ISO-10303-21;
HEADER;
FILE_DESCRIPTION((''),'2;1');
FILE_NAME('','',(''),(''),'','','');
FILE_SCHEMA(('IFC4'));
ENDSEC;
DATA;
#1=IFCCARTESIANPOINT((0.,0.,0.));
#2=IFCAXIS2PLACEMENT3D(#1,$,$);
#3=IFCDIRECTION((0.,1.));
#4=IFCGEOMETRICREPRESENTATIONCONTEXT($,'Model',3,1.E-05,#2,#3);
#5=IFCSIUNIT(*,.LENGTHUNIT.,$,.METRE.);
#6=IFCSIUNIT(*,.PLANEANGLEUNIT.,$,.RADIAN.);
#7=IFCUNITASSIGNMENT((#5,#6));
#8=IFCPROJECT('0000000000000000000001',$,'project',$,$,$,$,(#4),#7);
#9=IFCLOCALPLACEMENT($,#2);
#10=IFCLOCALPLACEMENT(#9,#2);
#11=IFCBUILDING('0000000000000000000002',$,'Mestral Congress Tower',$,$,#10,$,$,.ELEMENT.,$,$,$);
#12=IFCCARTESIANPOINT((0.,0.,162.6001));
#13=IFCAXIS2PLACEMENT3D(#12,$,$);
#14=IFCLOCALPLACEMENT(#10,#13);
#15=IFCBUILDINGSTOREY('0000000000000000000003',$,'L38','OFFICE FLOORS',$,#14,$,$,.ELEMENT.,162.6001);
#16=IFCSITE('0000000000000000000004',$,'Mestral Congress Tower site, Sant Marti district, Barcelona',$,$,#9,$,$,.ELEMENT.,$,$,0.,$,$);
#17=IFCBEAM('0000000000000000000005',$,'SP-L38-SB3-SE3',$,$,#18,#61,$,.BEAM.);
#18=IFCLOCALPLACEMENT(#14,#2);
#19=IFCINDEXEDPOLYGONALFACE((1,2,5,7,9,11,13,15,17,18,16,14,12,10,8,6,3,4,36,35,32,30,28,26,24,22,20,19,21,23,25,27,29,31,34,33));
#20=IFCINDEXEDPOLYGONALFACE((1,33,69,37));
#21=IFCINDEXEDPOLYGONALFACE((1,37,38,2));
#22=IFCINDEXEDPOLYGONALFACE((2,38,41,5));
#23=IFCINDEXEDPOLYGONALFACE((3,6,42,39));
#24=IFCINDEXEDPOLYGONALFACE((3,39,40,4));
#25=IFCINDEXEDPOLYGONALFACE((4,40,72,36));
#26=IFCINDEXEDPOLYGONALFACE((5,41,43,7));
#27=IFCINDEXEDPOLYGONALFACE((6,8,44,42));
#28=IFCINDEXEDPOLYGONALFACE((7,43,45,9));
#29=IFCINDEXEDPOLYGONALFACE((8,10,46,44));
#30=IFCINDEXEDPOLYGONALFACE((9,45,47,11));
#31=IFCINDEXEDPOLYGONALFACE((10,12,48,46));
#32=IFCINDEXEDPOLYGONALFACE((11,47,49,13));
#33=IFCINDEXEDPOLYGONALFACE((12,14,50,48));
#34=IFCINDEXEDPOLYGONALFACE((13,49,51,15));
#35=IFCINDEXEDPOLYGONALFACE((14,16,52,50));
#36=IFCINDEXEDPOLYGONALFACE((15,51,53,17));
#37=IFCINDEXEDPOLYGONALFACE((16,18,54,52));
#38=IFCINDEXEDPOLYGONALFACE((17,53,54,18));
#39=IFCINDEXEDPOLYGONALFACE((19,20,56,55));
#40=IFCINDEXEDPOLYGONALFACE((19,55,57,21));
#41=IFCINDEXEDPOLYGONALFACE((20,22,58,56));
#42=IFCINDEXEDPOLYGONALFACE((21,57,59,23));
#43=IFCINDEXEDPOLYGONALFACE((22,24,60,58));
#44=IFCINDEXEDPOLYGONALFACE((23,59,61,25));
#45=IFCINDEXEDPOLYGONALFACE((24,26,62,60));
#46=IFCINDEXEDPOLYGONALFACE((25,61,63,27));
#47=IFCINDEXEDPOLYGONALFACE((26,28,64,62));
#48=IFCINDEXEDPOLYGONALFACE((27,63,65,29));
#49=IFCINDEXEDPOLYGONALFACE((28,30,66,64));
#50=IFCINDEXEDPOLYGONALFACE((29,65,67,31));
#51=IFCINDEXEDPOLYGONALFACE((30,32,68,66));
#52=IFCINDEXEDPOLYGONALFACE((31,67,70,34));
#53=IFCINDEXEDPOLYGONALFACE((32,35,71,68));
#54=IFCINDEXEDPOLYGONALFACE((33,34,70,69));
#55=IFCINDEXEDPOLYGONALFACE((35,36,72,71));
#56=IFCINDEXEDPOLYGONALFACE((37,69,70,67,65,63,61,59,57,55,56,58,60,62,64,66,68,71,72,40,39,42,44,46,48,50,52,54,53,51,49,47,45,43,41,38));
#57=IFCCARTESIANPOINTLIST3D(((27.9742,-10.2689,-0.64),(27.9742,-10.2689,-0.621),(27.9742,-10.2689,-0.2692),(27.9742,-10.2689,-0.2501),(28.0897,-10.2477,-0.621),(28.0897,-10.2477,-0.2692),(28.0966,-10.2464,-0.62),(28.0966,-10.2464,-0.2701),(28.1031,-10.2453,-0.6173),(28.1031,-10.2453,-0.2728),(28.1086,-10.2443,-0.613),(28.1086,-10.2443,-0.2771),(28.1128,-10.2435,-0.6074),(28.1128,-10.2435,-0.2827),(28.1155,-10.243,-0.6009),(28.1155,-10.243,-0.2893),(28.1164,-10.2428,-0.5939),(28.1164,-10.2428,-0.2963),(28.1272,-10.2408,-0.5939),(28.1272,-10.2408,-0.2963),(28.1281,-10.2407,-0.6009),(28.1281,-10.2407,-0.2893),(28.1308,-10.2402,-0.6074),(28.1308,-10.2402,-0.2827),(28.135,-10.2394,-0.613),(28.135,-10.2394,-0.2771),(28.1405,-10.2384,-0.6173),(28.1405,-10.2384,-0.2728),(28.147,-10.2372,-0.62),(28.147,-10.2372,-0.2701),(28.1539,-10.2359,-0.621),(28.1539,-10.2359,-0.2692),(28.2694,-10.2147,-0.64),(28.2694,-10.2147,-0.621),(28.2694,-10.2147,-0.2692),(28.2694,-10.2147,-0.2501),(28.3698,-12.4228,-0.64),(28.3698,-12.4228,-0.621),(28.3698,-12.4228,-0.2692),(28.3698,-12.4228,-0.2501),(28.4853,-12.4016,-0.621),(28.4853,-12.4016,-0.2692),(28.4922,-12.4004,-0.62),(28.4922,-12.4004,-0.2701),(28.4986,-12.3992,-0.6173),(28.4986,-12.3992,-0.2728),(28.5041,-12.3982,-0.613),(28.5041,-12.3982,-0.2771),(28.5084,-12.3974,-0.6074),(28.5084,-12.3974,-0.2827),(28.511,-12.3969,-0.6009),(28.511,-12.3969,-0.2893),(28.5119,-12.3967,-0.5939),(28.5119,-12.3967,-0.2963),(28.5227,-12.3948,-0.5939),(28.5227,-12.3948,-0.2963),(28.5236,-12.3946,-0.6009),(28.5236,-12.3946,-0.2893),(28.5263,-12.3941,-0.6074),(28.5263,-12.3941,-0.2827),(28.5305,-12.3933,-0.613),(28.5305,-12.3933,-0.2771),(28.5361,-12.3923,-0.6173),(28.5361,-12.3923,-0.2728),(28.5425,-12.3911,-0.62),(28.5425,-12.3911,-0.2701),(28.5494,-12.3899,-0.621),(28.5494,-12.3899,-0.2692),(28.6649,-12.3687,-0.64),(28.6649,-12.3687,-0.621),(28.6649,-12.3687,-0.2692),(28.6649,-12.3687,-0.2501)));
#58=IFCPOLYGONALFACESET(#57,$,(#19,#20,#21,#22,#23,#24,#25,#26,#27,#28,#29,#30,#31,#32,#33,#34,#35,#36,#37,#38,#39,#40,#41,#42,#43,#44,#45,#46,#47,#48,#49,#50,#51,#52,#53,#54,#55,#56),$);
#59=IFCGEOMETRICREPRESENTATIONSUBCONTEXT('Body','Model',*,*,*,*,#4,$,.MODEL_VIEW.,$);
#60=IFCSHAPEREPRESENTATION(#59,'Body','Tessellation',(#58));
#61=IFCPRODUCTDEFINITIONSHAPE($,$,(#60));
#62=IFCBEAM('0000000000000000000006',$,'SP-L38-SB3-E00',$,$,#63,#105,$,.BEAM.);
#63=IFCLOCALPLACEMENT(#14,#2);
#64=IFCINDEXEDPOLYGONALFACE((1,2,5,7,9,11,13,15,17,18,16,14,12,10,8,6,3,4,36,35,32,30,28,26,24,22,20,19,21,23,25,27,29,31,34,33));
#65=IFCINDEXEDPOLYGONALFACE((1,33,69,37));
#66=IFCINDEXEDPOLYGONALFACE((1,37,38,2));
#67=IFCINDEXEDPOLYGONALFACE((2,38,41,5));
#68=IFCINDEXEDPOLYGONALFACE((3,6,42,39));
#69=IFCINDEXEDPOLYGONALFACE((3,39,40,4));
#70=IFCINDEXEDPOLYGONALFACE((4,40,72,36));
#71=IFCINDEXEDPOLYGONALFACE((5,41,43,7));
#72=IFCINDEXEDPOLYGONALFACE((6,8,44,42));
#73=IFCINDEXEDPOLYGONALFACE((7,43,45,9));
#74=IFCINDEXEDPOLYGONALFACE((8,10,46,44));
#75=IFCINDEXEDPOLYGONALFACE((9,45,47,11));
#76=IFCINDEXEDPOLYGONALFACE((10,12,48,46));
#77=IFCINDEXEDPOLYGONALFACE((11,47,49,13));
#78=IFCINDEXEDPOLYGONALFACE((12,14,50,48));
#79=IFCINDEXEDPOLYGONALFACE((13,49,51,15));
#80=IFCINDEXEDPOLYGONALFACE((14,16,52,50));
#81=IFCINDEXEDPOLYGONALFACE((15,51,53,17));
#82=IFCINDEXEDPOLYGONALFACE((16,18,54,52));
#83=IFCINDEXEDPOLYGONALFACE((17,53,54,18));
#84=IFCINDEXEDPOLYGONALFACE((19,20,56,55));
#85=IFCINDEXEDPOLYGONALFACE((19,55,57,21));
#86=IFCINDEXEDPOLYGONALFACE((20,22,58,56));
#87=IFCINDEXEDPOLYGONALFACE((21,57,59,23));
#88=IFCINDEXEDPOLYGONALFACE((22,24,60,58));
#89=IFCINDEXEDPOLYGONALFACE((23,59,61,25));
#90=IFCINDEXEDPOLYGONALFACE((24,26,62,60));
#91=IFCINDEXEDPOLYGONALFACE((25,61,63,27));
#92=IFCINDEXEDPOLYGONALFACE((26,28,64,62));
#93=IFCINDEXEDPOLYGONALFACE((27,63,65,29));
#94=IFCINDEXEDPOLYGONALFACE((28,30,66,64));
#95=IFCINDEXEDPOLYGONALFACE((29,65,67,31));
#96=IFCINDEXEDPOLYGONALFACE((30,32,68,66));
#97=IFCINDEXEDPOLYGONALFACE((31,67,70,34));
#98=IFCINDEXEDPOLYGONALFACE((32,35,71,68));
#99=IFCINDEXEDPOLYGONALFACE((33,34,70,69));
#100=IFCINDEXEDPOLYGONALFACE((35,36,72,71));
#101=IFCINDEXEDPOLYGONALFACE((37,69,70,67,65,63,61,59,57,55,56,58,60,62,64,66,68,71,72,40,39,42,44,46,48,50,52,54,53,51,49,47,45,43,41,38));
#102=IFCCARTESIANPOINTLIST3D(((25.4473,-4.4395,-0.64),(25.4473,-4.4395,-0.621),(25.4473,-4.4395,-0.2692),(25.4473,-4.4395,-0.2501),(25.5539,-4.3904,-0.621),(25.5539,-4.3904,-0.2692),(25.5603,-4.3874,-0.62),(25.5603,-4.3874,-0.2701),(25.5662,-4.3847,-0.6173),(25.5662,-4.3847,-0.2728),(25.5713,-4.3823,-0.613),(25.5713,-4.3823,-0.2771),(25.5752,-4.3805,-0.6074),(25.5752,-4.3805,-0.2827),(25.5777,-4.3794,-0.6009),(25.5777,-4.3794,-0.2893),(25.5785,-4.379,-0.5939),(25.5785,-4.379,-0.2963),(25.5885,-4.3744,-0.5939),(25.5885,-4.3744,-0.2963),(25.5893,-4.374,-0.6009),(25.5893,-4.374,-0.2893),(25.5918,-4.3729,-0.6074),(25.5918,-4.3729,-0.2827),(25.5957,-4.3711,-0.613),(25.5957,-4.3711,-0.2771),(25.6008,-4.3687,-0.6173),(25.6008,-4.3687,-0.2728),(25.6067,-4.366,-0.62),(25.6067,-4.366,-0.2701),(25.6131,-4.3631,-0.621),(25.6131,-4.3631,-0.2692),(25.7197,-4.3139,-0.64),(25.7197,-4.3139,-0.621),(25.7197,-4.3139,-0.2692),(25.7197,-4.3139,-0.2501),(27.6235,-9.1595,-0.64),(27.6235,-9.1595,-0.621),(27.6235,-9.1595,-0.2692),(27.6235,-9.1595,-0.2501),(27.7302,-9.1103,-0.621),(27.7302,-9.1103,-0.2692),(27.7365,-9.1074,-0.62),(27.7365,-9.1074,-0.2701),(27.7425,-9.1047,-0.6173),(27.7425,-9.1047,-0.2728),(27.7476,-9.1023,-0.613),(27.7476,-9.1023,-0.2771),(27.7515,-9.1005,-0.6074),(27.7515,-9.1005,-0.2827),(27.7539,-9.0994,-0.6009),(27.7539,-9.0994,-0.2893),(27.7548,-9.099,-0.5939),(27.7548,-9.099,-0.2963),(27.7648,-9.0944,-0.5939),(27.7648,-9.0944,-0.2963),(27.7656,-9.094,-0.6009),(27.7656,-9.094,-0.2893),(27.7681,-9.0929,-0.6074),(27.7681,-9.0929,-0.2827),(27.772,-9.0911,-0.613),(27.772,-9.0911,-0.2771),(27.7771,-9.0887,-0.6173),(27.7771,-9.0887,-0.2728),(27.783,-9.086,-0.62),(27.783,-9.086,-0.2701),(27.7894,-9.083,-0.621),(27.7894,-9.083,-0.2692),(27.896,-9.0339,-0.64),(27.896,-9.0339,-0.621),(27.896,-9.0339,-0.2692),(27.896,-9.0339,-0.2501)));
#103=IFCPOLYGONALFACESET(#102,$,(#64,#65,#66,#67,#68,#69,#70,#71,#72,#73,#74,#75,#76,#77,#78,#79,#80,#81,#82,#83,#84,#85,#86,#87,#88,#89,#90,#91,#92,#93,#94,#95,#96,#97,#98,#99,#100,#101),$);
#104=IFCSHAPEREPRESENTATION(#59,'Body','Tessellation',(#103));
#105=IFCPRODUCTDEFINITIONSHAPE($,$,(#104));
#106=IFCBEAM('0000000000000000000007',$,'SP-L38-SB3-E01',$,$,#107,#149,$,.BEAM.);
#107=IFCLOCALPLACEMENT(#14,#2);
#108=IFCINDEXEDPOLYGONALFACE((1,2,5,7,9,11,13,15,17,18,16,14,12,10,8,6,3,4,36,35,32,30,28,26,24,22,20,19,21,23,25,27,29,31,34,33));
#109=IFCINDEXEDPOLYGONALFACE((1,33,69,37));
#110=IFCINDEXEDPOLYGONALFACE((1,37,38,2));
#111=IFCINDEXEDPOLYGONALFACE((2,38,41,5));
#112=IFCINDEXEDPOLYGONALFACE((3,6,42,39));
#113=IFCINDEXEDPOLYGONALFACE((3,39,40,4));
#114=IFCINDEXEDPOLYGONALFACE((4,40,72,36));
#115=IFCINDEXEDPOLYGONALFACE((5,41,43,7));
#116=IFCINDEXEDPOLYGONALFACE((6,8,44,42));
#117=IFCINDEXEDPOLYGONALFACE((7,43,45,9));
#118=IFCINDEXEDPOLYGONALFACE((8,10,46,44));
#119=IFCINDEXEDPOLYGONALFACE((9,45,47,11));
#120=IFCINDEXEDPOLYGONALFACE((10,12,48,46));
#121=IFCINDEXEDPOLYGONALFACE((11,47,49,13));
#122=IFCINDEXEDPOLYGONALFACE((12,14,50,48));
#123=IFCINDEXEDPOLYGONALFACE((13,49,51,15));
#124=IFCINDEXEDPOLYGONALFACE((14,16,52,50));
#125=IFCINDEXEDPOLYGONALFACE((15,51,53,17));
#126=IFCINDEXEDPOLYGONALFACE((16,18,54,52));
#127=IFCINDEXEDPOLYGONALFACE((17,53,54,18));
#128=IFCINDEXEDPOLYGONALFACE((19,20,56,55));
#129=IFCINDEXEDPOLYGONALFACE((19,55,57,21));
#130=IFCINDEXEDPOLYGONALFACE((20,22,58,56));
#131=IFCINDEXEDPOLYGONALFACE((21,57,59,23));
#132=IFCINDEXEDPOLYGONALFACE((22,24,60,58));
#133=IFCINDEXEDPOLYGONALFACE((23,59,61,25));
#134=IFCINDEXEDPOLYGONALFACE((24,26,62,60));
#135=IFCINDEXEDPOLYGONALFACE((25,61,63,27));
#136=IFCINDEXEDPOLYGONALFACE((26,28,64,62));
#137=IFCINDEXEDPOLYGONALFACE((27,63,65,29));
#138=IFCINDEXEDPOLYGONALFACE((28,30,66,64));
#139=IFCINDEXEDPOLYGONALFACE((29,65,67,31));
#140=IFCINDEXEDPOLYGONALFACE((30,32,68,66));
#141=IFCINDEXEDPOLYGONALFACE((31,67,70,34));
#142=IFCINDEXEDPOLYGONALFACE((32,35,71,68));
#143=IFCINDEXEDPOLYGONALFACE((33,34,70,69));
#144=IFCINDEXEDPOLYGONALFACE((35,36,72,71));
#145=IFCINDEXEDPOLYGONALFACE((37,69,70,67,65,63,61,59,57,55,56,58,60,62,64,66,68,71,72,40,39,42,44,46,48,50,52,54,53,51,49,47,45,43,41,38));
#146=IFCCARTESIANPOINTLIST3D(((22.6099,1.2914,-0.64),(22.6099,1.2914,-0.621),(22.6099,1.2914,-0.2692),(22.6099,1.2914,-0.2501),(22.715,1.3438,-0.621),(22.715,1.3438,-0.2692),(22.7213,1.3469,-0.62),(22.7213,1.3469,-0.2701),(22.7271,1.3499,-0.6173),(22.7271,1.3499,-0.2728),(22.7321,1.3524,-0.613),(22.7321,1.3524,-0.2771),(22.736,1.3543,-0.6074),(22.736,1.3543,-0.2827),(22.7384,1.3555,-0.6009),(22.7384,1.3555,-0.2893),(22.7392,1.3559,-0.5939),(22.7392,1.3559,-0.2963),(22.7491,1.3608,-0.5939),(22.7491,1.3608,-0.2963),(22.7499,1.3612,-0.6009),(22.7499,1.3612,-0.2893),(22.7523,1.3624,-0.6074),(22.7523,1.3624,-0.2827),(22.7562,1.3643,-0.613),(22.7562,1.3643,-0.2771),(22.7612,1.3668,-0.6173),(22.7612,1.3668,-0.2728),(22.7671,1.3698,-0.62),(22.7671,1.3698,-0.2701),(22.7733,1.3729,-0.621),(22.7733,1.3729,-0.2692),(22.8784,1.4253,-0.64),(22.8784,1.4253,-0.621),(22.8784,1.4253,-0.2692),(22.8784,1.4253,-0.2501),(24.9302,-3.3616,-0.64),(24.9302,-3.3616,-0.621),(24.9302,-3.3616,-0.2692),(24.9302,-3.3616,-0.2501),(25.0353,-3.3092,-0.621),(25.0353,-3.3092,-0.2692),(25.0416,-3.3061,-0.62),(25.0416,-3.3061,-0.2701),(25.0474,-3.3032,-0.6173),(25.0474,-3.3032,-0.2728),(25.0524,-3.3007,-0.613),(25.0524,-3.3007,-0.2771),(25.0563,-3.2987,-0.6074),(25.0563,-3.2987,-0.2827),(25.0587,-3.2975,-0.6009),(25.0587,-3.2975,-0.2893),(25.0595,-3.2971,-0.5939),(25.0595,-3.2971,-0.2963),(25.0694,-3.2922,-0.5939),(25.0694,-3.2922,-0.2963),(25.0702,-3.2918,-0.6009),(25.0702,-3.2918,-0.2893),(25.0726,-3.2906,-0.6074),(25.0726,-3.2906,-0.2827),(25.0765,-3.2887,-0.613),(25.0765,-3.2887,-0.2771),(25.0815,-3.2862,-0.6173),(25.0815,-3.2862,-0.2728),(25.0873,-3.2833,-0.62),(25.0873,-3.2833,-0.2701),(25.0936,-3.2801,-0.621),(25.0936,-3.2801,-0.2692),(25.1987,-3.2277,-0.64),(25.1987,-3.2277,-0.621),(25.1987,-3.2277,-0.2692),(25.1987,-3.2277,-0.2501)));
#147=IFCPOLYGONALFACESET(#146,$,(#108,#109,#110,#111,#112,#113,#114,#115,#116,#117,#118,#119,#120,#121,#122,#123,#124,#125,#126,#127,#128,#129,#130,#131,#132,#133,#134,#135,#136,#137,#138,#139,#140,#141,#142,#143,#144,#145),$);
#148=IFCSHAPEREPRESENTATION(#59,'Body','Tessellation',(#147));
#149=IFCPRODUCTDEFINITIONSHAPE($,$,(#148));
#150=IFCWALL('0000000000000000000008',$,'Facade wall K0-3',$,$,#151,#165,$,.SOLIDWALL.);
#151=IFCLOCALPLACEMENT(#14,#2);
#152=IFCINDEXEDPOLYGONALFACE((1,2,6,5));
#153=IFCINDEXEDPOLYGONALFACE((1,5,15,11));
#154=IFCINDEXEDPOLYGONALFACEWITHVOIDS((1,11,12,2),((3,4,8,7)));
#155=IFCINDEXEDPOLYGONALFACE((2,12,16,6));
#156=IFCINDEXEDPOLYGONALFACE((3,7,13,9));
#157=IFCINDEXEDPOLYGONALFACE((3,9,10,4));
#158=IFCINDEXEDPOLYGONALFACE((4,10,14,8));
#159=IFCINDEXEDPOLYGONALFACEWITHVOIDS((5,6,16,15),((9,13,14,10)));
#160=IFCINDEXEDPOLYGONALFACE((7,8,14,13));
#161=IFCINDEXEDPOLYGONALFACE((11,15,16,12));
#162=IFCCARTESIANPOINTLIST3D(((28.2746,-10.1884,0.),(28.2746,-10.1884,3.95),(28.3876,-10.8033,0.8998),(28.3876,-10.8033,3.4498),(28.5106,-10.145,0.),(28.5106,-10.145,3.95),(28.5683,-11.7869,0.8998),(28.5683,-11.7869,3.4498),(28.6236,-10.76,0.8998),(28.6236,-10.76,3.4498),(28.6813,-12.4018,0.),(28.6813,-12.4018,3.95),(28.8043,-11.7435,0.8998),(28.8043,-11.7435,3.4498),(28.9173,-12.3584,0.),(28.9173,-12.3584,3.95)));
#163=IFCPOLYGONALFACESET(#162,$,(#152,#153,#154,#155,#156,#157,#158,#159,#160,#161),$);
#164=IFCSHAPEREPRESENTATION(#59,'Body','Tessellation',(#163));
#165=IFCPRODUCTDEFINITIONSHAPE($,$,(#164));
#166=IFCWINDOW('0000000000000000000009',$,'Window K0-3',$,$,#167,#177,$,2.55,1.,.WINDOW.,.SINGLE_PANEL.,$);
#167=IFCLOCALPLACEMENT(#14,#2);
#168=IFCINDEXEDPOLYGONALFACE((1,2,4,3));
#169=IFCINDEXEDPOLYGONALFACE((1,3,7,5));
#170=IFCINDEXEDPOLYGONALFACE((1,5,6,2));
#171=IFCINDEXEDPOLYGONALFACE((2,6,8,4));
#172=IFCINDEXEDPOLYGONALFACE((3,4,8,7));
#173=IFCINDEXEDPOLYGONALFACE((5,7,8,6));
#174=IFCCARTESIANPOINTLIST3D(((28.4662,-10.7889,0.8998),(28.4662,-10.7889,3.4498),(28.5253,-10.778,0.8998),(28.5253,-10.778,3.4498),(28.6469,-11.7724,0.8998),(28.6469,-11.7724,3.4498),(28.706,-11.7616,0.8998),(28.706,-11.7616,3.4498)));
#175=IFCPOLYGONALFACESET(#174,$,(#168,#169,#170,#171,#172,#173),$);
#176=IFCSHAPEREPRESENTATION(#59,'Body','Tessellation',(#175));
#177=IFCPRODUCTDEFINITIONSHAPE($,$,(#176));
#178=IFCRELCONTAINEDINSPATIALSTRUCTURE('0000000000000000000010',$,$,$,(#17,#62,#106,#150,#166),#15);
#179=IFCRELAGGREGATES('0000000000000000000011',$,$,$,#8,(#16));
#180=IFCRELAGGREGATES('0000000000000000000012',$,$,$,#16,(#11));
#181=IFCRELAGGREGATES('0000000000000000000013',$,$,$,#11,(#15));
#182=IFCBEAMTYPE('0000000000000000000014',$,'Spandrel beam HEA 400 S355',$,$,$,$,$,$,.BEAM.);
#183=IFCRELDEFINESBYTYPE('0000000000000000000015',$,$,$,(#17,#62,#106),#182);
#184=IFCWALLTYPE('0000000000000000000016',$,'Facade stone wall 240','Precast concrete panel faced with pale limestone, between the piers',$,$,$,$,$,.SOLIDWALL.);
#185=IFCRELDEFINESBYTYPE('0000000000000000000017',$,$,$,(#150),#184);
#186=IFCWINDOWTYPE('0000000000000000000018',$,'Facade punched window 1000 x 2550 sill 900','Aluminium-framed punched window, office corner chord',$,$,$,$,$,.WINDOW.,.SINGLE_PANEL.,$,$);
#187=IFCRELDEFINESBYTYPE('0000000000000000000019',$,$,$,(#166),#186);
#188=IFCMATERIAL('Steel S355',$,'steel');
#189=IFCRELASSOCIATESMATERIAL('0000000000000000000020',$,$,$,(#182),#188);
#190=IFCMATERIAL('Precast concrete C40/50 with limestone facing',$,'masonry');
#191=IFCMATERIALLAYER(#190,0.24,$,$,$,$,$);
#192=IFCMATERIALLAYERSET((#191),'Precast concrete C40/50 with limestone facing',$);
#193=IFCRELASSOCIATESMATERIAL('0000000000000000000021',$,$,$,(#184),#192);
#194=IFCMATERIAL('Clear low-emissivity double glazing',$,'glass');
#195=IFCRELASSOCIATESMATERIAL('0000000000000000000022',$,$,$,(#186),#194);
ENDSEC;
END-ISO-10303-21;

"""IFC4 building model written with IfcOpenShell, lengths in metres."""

from ifc_helpers import new_model, si_unit, direction, frame, frame_2d, origin, origin_2d, place, context, subcontext, project, spatial, rectangle, i_section, extrude, material, layer, layer_set, material_profile, profile_set, type_object, element, fill, save


model = new_model("IFC4")

# Units and contexts
model_context = context("Model", 3, precision=1e-05, world=origin(), true_north=direction((0.0, 1.0)))
body_context = subcontext(model_context, "Body", "Model", "MODEL_VIEW")
ifc_project = project(units=[si_unit("LENGTHUNIT", "METRE"), si_unit("PLANEANGLEUNIT", "RADIAN")], contexts=[model_context])

# Site, building, storey
site_placement = place(None, origin())
site = spatial("IfcSite", under=ifc_project, at=site_placement, Name="Mestral Congress Tower site, Sant Marti district, Barcelona", CompositionType="ELEMENT", RefElevation=0.0)
building_placement = place(site_placement, origin())
building = spatial("IfcBuilding", under=site, at=building_placement, Name="Mestral Congress Tower", CompositionType="ELEMENT")
storey_placement = place(building_placement, frame((0.0, 0.0, 162.6001)))
storey = spatial("IfcBuildingStorey", under=building, at=storey_placement, Name="L38", Description="OFFICE FLOORS", CompositionType="ELEMENT", Elevation=162.6001)

# Beams
ifc_material_1 = material(Name="Steel S355", Category="steel")
ifc_material_profile_1 = material_profile(ifc_material_1, i_section(OverallWidth=0.3, OverallDepth=0.3899, WebThickness=0.011, FlangeThickness=0.019, FilletRadius=0.0271, at=origin_2d()), Name="HEA 400")
ifc_profile_set_1 = profile_set([ifc_material_profile_1], Name="Steel S355")
beam_type_1 = type_object("IfcBeamType", Name="Spandrel beam HEA 400 S355", PredefinedType="BEAM", material=ifc_profile_set_1)
beam_1_placement = place(storey_placement, frame((28.5173, -12.3958, -0.4451), z_axis=(-0.180612, 0.983554, 0.0), x_axis=(-0.983554, -0.180612, 0.0)))
element("IfcBeam", 1, at=beam_1_placement, inside=storey, type_object=beam_type_1, Name="SP-L38-SB3-SE3", PredefinedType="BEAM", context=body_context, shape_type="SweptSolid", body=[
    extrude(i_section(OverallWidth=0.3, OverallDepth=0.3899, WebThickness=0.011, FlangeThickness=0.019, FilletRadius=0.0271, at=origin_2d()), origin(), (0.0, 0.0, 1.0), 2.1899),
])
beam_2_placement = place(storey_placement, frame((27.7598, -9.0967, -0.4451), z_axis=(-0.418713, 0.908119, 0.0), x_axis=(-0.908119, -0.418713, 0.0)))
element("IfcBeam", 2, at=beam_2_placement, inside=storey, type_object=beam_type_1, Name="SP-L38-SB3-E00", PredefinedType="BEAM", context=body_context, shape_type="SweptSolid", body=[
    extrude(i_section(OverallWidth=0.3, OverallDepth=0.3899, WebThickness=0.011, FlangeThickness=0.019, FilletRadius=0.0271, at=origin_2d()), origin(), (0.0, 0.0, 1.0), 5.1975),
])
beam_3_placement = place(storey_placement, frame((25.0645, -3.2947, -0.4451), z_axis=(-0.446255, 0.894906, 0.0), x_axis=(-0.894906, -0.446255, 0.0)))
element("IfcBeam", 3, at=beam_3_placement, inside=storey, type_object=beam_type_1, Name="SP-L38-SB3-E01", PredefinedType="BEAM", context=body_context, shape_type="SweptSolid", body=[
    extrude(i_section(OverallWidth=0.3, OverallDepth=0.3899, WebThickness=0.011, FlangeThickness=0.019, FilletRadius=0.0271, at=origin_2d()), origin(), (0.0, 0.0, 1.0), 5.1995),
])

# Wall, opening, window
ifc_material_2 = material(Name="Precast concrete C40/50 with limestone facing", Category="masonry")
ifc_layer_1 = layer(ifc_material_2, 0.24)
ifc_layer_set_1 = layer_set([ifc_layer_1], Name="Precast concrete C40/50 with limestone facing")
wall_type_1 = type_object("IfcWallType", Name="Facade stone wall 240", Description="Precast concrete panel faced with pale limestone, between the piers", PredefinedType="SOLIDWALL", material=ifc_layer_set_1)
wall_1_placement = place(storey_placement, frame((28.7993, -12.3801, 0.0), z_axis=(0.0, 0.0, 1.0), x_axis=(-0.180737, 0.983531, 0.0)))
wall_1 = element("IfcWall", 4, at=wall_1_placement, inside=storey, type_object=wall_type_1, Name="Facade wall K0-3", PredefinedType="SOLIDWALL", context=body_context, shape_type="SweptSolid", body=[
    extrude(rectangle(XDim=2.2505, YDim=0.24, at=frame_2d((1.1252, 0.0))), origin(), (0.0, 0.0, 1.0), 3.95),
])
opening_1_placement = place(wall_1_placement, frame((0.6252, 0.0, 0.8999)))
opening_1 = element("IfcOpeningElement", 5, at=opening_1_placement, cuts=wall_1, PredefinedType="OPENING", context=body_context, shape_type="SweptSolid", body=[
    extrude(rectangle(XDim=1.0, YDim=2.55, at=frame_2d((0.5, 1.2749))), frame((0.0, 0.1299, 0.0), z_axis=(0.0, -1.0, 0.0), x_axis=(1.0, 0.0, 0.0)), (0.0, 0.0, 1.0), 0.26),
])
ifc_material_3 = material(Name="Clear low-emissivity double glazing", Category="glass")
window_type_1 = type_object("IfcWindowType", Name="Facade punched window 1000 x 2550 sill 900", Description="Aluminium-framed punched window, office corner chord", PartitioningType="SINGLE_PANEL", PredefinedType="WINDOW", material=ifc_material_3)
window_1_placement = place(opening_1_placement, origin())
window_1 = element("IfcWindow", 6, at=window_1_placement, inside=storey, type_object=window_type_1, Name="Window K0-3", OverallHeight=2.55, OverallWidth=1.0, PartitioningType="SINGLE_PANEL", PredefinedType="WINDOW", context=body_context, shape_type="SweptSolid", body=[
    extrude(rectangle(XDim=1.0, YDim=2.55, at=frame_2d((0.5, 1.2749))), frame((0.0, 0.04, 0.0), z_axis=(0.0, -1.0, 0.0), x_axis=(1.0, 0.0, 0.0)), (0.0, 0.0, 1.0), 0.0601),
])
fill(opening_1, window_1)

save(model, "model.ifc")
